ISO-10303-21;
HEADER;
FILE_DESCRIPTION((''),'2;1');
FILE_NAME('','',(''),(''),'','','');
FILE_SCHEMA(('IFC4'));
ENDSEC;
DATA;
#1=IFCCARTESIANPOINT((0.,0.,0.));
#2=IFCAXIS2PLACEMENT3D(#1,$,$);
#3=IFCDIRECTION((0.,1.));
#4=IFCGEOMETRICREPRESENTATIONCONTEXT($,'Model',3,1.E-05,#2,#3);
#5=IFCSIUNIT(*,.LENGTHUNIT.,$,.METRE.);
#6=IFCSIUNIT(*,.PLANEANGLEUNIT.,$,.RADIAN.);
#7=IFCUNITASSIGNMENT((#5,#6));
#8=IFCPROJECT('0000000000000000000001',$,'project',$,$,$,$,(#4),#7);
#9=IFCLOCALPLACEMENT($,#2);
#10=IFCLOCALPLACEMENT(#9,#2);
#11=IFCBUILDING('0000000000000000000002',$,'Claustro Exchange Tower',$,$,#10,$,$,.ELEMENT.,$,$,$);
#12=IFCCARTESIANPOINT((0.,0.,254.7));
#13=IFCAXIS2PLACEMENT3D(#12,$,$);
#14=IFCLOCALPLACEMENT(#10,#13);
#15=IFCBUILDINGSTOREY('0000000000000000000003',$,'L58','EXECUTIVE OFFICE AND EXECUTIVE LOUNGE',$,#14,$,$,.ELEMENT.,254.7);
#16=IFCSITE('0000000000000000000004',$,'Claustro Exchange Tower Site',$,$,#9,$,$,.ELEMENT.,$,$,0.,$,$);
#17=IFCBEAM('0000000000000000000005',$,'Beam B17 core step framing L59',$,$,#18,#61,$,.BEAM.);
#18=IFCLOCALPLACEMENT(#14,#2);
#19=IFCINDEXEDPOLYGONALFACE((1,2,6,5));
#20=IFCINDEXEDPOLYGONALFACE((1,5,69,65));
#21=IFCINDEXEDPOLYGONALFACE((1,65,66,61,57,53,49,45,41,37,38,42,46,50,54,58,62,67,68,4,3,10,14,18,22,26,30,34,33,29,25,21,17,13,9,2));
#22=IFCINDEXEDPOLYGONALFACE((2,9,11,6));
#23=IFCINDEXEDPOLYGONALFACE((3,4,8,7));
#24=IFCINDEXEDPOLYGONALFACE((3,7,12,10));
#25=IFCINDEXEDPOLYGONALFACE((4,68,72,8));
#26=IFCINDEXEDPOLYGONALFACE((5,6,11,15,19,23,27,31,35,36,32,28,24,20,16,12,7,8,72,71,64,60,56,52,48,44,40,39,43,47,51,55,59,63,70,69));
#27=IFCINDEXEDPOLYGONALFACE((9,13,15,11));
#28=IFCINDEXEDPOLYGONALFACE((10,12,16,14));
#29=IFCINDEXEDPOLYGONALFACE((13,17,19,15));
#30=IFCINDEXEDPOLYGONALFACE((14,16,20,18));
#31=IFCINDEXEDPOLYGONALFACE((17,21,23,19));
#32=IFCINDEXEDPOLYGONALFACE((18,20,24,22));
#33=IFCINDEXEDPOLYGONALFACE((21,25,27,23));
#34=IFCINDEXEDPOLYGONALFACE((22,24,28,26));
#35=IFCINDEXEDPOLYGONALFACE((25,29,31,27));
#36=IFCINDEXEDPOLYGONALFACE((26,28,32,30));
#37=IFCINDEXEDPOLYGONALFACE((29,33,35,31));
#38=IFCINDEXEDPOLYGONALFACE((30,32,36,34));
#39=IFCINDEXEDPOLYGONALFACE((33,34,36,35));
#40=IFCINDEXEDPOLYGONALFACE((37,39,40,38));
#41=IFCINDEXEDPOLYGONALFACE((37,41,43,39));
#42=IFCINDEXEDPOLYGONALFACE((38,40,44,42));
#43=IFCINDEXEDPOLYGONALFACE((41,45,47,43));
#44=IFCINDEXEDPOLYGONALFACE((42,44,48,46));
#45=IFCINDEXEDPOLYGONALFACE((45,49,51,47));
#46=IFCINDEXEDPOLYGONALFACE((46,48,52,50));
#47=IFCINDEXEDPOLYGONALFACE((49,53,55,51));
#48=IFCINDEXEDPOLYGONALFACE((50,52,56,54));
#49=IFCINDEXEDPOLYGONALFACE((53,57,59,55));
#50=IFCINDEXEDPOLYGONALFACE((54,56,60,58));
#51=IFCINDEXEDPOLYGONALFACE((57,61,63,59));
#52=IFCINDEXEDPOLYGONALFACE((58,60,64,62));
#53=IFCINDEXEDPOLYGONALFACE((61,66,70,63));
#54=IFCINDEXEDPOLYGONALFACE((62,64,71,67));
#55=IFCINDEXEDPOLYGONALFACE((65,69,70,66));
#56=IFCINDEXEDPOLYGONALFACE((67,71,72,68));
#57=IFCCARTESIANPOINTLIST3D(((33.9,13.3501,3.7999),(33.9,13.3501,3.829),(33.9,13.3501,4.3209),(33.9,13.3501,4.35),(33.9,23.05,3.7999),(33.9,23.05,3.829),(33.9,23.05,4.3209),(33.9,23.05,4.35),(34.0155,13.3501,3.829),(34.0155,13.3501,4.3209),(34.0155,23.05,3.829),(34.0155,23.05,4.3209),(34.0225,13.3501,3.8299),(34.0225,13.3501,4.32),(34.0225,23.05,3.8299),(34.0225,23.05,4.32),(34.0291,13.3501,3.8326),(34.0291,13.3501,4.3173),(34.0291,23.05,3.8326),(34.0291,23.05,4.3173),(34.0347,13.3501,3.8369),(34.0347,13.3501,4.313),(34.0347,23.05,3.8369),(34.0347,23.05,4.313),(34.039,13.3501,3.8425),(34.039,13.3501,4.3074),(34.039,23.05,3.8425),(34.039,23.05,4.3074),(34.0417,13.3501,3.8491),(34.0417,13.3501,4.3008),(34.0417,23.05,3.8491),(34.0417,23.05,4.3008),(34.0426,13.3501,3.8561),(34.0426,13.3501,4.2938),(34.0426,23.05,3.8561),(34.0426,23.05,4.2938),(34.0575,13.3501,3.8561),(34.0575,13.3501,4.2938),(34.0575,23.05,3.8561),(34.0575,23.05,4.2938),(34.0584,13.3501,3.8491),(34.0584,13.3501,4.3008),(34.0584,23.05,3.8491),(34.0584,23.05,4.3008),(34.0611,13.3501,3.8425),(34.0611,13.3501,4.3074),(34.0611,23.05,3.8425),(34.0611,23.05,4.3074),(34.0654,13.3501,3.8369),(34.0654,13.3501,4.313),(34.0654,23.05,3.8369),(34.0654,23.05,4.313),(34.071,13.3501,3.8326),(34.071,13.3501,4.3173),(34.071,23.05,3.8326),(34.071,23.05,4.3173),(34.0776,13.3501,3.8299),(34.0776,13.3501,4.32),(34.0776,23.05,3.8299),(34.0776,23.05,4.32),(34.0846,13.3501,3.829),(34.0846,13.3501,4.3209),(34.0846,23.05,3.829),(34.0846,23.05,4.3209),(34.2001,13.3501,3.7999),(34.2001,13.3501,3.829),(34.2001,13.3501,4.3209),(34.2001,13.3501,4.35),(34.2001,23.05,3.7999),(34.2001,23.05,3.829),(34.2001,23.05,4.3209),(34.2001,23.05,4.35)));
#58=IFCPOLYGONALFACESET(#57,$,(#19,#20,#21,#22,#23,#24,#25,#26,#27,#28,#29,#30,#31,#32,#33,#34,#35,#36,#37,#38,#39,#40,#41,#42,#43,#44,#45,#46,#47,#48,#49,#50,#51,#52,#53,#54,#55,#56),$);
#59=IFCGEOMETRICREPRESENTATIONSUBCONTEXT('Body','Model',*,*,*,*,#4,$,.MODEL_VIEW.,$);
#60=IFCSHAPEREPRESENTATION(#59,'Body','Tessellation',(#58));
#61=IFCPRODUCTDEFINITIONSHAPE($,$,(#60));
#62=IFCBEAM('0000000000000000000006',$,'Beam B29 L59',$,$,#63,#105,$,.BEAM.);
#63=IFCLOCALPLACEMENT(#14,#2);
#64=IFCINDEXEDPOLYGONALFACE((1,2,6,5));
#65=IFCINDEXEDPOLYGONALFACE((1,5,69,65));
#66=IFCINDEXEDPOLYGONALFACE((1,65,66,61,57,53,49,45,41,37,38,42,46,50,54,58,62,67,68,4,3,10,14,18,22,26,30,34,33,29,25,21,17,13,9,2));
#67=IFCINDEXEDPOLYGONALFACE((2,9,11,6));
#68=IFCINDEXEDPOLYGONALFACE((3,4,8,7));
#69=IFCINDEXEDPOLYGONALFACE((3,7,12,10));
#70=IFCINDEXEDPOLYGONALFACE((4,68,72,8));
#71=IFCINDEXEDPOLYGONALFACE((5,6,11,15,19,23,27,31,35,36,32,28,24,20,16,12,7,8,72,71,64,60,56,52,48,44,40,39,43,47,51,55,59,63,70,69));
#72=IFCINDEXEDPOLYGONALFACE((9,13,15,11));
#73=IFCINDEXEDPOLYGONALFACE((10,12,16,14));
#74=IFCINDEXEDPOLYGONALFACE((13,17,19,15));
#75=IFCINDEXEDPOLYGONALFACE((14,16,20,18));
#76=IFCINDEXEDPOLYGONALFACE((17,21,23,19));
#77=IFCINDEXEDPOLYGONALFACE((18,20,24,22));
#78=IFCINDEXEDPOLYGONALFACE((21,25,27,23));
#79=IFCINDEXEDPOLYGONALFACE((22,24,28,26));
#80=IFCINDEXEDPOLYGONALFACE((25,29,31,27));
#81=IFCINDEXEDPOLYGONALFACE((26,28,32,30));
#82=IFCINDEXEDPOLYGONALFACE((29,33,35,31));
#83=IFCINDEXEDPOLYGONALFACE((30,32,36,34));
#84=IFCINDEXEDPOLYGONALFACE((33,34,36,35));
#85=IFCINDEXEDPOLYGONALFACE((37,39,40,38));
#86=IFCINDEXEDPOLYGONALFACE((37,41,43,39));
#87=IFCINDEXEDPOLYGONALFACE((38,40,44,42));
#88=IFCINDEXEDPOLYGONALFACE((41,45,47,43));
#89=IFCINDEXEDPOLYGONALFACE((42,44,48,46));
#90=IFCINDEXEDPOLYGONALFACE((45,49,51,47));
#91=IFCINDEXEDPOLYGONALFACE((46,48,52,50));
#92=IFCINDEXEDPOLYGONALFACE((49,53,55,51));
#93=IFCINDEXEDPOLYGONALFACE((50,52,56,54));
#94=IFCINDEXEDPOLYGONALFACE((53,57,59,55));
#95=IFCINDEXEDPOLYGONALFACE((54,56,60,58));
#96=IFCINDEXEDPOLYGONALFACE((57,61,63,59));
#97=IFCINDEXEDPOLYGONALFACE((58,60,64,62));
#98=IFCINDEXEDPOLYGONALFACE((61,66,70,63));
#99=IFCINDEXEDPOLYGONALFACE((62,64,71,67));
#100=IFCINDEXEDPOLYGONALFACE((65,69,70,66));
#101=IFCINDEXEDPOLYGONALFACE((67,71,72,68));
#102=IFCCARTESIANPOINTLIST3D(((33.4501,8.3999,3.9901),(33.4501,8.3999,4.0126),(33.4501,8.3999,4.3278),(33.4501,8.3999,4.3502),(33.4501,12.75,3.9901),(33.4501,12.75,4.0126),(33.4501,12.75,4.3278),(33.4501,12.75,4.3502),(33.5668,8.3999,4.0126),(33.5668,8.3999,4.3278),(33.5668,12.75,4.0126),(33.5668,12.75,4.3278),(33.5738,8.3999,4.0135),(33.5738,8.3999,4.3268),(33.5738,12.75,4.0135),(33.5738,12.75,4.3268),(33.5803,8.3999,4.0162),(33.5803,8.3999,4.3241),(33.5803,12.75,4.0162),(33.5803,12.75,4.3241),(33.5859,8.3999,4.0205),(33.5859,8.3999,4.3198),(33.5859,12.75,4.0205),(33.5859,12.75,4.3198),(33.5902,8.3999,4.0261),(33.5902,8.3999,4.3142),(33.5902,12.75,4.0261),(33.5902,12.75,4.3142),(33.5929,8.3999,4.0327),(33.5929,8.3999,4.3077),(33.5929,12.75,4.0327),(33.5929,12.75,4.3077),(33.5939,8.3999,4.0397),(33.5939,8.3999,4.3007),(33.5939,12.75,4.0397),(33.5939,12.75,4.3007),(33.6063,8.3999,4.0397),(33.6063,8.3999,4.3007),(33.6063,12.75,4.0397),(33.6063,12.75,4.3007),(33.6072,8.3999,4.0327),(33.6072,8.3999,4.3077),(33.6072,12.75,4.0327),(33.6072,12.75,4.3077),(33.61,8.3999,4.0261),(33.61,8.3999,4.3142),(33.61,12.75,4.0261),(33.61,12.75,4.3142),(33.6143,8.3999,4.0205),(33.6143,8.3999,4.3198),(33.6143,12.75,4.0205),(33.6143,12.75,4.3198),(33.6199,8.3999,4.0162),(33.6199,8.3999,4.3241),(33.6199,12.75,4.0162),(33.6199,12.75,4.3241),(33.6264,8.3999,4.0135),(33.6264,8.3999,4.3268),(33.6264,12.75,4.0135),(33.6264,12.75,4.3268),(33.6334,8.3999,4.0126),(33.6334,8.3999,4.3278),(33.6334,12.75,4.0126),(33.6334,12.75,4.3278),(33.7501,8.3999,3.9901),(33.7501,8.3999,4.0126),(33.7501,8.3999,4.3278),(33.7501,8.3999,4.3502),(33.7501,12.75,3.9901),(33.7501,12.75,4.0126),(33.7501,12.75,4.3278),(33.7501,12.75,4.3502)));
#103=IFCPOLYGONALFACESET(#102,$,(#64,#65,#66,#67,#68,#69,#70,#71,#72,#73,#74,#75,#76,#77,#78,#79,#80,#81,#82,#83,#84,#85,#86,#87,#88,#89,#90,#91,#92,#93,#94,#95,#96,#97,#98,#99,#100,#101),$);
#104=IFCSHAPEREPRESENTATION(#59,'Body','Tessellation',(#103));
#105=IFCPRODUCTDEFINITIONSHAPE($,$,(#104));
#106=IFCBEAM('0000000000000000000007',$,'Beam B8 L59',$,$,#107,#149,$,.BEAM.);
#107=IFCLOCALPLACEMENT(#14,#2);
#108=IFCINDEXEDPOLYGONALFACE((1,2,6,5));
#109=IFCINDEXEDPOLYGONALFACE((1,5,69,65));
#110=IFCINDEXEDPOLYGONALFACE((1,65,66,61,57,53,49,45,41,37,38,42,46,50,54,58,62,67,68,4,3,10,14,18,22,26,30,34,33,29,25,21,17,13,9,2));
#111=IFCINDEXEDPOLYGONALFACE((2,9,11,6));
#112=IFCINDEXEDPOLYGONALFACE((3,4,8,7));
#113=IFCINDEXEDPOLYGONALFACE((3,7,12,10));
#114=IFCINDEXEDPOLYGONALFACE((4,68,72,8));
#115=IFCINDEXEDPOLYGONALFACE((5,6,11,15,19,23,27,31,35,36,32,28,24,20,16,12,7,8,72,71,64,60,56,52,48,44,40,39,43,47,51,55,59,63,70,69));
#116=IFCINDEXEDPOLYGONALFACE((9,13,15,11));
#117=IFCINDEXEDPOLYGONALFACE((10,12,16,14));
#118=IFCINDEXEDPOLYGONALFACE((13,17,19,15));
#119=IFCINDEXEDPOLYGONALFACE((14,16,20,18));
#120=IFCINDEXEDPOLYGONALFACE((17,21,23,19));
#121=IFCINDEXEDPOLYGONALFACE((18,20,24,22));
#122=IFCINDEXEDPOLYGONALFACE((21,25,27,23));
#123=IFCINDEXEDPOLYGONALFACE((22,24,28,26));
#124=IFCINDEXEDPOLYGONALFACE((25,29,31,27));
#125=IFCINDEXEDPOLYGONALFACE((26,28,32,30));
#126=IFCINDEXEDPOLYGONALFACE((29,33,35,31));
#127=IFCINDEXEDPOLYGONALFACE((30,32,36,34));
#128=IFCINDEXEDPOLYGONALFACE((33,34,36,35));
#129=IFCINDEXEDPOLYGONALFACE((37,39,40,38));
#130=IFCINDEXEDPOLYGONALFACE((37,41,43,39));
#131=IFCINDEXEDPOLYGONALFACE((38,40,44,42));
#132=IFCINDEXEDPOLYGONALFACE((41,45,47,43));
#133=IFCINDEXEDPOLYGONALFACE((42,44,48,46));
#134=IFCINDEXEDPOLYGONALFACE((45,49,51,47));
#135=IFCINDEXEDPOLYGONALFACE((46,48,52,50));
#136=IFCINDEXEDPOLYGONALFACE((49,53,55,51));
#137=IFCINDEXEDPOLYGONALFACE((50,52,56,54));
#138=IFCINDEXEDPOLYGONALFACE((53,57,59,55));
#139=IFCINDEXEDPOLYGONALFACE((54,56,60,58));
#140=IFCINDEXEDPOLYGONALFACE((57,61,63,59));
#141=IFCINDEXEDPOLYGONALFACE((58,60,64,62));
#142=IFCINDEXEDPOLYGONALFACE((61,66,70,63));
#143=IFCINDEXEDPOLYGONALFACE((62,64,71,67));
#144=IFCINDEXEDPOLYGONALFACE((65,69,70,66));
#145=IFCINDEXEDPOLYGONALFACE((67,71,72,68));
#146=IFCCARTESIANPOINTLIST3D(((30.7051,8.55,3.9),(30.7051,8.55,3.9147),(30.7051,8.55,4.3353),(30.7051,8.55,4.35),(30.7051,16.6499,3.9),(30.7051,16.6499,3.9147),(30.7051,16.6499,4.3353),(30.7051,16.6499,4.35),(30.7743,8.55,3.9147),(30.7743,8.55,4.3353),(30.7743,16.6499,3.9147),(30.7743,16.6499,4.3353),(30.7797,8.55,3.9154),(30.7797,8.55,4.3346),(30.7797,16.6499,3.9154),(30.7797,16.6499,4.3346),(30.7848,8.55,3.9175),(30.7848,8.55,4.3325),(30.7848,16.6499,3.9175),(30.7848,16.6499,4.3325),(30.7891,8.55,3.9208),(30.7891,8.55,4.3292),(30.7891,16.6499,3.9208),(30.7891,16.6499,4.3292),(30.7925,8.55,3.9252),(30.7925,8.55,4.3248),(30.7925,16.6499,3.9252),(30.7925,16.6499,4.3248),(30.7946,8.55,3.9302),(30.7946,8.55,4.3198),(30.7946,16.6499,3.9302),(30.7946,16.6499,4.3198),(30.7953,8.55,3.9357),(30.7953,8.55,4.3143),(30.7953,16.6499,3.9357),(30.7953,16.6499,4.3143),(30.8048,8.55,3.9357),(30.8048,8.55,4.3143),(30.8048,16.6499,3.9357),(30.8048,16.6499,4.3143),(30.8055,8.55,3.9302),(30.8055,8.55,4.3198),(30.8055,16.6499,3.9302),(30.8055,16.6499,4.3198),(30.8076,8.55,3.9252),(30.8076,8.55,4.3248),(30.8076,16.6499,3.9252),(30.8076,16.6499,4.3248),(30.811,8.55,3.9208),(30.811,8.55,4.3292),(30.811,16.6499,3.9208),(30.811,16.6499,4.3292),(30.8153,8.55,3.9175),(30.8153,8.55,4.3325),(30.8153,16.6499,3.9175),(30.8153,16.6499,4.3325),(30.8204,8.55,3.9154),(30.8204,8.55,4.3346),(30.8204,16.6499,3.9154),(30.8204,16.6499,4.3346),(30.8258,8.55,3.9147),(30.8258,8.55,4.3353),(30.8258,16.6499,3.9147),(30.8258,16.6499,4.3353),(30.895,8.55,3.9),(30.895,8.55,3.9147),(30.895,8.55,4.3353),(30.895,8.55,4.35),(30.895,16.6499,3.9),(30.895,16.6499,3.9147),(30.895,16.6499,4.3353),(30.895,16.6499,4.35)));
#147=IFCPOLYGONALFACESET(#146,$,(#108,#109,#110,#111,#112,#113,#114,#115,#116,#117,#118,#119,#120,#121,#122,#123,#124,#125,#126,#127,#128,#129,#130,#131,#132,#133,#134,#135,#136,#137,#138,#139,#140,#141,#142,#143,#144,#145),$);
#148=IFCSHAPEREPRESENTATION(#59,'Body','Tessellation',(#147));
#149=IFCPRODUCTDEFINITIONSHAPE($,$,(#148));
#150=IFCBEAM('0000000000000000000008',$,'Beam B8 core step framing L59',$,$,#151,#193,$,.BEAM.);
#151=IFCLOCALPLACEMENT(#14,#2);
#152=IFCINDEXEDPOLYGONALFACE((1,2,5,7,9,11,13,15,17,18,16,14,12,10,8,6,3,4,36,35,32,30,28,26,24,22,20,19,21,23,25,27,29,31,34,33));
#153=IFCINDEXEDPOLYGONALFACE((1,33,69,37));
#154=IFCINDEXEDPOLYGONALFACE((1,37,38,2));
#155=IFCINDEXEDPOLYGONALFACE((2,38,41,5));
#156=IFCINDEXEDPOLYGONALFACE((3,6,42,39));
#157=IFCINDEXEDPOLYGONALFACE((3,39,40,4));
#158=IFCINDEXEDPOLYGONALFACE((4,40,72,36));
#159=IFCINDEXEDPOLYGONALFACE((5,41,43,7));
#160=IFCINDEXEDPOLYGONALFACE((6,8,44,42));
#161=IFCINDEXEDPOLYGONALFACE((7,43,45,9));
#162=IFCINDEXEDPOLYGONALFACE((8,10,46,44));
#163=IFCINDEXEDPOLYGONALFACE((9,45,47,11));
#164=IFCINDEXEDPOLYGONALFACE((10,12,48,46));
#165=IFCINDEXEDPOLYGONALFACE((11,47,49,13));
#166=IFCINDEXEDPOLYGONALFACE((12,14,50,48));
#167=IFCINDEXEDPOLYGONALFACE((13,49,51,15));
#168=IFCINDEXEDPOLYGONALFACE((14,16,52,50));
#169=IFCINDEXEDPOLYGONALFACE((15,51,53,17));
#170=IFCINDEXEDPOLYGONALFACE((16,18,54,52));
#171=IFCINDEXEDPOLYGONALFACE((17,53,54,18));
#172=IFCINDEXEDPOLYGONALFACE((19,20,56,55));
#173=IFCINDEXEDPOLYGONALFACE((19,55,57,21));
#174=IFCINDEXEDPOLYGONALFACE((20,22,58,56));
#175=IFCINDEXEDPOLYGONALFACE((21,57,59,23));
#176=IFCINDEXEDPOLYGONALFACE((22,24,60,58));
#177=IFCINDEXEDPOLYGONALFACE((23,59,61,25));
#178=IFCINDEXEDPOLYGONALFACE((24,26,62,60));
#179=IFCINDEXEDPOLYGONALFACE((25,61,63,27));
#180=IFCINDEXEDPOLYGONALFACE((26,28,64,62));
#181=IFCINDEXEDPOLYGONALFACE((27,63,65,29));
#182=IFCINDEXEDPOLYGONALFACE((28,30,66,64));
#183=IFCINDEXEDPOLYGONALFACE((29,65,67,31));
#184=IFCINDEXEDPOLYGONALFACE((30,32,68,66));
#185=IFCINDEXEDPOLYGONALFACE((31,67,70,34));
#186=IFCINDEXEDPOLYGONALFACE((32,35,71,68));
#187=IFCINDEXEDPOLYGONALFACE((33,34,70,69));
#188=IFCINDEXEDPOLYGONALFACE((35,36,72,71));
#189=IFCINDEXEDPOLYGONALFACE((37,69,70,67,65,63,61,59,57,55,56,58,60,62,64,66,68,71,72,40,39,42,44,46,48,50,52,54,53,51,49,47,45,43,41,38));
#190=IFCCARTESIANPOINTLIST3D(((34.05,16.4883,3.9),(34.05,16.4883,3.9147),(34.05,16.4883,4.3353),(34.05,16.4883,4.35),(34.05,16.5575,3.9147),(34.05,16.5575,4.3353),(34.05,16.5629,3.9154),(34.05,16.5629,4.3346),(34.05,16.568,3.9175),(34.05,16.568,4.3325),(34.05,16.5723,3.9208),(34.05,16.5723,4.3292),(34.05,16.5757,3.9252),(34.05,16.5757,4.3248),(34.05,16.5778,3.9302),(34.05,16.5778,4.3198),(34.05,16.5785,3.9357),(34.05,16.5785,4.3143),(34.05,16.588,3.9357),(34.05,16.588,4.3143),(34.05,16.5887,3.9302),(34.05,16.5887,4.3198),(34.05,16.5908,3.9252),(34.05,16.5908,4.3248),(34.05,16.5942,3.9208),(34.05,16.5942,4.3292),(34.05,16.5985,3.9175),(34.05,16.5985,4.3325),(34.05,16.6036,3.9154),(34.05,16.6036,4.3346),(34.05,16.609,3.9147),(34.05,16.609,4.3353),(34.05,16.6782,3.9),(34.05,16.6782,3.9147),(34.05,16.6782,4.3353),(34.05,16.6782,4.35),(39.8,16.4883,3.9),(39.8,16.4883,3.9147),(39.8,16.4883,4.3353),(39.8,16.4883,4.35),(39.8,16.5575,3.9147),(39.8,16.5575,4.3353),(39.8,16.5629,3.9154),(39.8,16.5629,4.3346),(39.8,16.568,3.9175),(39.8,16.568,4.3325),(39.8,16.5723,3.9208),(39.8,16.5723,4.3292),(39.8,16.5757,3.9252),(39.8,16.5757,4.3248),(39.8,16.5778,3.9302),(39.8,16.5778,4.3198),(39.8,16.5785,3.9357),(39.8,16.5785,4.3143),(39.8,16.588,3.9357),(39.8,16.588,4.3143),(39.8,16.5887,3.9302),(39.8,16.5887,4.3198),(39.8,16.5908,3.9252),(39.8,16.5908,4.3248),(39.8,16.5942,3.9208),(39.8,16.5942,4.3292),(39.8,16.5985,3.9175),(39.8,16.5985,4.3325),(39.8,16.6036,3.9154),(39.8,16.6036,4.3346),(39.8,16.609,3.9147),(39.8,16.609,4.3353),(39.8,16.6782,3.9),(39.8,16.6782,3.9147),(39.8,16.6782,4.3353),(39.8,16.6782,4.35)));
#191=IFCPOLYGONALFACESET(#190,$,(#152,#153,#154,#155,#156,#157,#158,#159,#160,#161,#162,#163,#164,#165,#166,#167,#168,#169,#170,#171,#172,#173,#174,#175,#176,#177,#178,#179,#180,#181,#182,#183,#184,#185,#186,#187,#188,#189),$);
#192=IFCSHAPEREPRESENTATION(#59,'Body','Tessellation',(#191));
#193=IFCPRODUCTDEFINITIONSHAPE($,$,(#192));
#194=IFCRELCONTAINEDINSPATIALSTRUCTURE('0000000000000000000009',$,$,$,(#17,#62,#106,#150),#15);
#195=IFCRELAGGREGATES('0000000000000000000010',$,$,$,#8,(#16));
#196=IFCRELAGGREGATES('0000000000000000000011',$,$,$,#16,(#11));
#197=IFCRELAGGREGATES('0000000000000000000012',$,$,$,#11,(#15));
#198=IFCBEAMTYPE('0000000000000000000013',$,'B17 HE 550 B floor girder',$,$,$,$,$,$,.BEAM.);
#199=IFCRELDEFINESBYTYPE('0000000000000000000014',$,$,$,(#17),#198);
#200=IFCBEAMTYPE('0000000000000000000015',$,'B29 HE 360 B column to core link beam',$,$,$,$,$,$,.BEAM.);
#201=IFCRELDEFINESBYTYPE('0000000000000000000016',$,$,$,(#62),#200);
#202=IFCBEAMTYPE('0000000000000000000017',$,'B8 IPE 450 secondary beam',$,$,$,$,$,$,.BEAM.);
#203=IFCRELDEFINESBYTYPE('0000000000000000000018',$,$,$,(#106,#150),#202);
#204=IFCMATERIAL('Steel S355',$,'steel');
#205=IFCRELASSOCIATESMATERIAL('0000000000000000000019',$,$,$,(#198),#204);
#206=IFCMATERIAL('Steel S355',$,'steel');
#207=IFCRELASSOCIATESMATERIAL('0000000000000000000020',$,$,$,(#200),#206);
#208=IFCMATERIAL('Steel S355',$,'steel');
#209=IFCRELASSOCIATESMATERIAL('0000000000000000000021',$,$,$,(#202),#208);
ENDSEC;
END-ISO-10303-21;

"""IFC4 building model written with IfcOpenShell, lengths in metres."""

from ifc_helpers import new_model, si_unit, direction, frame, origin, origin_2d, place, context, subcontext, project, spatial, i_section, extrude, material, material_profile, profile_set, type_object, element, save


model = new_model("IFC4")

# Units and contexts
model_context = context("Model", 3, precision=1e-05, world=origin(), true_north=direction((0.0, 1.0)))
body_context = subcontext(model_context, "Body", "Model", "MODEL_VIEW")
ifc_project = project(units=[si_unit("LENGTHUNIT", "METRE"), si_unit("PLANEANGLEUNIT", "RADIAN")], contexts=[model_context])

# Site, building, storey
site_placement = place(None, origin())
site = spatial("IfcSite", under=ifc_project, at=site_placement, Name="Claustro Exchange Tower Site", CompositionType="ELEMENT", RefElevation=0.0)
building_placement = place(site_placement, origin())
building = spatial("IfcBuilding", under=site, at=building_placement, Name="Claustro Exchange Tower", CompositionType="ELEMENT")
storey_placement = place(building_placement, frame((0.0, 0.0, 254.7)))
storey = spatial("IfcBuildingStorey", under=building, at=storey_placement, Name="L58", Description="EXECUTIVE OFFICE AND EXECUTIVE LOUNGE", CompositionType="ELEMENT", Elevation=254.7)

# Beams
ifc_material_1 = material(Name="Steel S355", Category="steel")
ifc_material_profile_1 = material_profile(ifc_material_1, i_section(OverallWidth=0.3, OverallDepth=0.55, WebThickness=0.0149, FlangeThickness=0.0291, FilletRadius=0.0271, at=origin_2d()), Name="HE 550 B")
ifc_profile_set_1 = profile_set([ifc_material_profile_1], Name="Steel S355")
beam_type_1 = type_object("IfcBeamType", Name="B17 HE 550 B floor girder", PredefinedType="BEAM", material=ifc_profile_set_1)
beam_1_placement = place(storey_placement, frame((34.05, 13.3501, 4.075), z_axis=(0.0, 1.0, 0.0), x_axis=(-1.0, 0.0, 0.0)))
element("IfcBeam", 1, at=beam_1_placement, inside=storey, type_object=beam_type_1, Name="Beam B17 core step framing L59", PredefinedType="BEAM", context=body_context, shape_type="SweptSolid", body=[
    extrude(i_section(OverallWidth=0.3, OverallDepth=0.55, WebThickness=0.0149, FlangeThickness=0.0291, FilletRadius=0.0271, at=origin_2d()), origin(), (0.0, 0.0, 1.0), 9.7),
])
ifc_material_2 = material(Name="Steel S355", Category="steel")
ifc_material_profile_2 = material_profile(ifc_material_2, i_section(OverallWidth=0.3, OverallDepth=0.3601, WebThickness=0.0125, FlangeThickness=0.0225, FilletRadius=0.0271, at=origin_2d()), Name="HE 360 B")
ifc_profile_set_2 = profile_set([ifc_material_profile_2], Name="Steel S355")
beam_type_2 = type_object("IfcBeamType", Name="B29 HE 360 B column to core link beam", PredefinedType="BEAM", material=ifc_profile_set_2)
beam_2_placement = place(storey_placement, frame((33.6001, 8.3999, 4.1702), z_axis=(0.0, 1.0, 0.0), x_axis=(-1.0, 0.0, 0.0)))
element("IfcBeam", 2, at=beam_2_placement, inside=storey, type_object=beam_type_2, Name="Beam B29 L59", PredefinedType="BEAM", context=body_context, shape_type="SweptSolid", body=[
    extrude(i_section(OverallWidth=0.3, OverallDepth=0.3601, WebThickness=0.0125, FlangeThickness=0.0225, FilletRadius=0.0271, at=origin_2d()), origin(), (0.0, 0.0, 1.0), 4.3501),
])
ifc_material_3 = material(Name="Steel S355", Category="steel")
ifc_material_profile_3 = material_profile(ifc_material_3, i_section(OverallWidth=0.1899, OverallDepth=0.45, WebThickness=0.0095, FlangeThickness=0.0146, FilletRadius=0.021, at=origin_2d()), Name="IPE 450")
ifc_profile_set_3 = profile_set([ifc_material_profile_3], Name="Steel S355")
beam_type_3 = type_object("IfcBeamType", Name="B8 IPE 450 secondary beam", PredefinedType="BEAM", material=ifc_profile_set_3)
beam_3_placement = place(storey_placement, frame((30.8, 8.55, 4.125), z_axis=(0.0, 1.0, 0.0), x_axis=(-1.0, 0.0, 0.0)))
element("IfcBeam", 3, at=beam_3_placement, inside=storey, type_object=beam_type_3, Name="Beam B8 L59", PredefinedType="BEAM", context=body_context, shape_type="SweptSolid", body=[
    extrude(i_section(OverallWidth=0.1899, OverallDepth=0.45, WebThickness=0.0095, FlangeThickness=0.0146, FilletRadius=0.021, at=origin_2d()), origin(), (0.0, 0.0, 1.0), 8.0999),
])
for number, where, z_axis, x_axis, name in (
    (4, (34.05, 16.5833, 4.125), (1.0, 0.0, 0.0), (0.0, 1.0, 0.0), "Beam B8 core step framing L59"),
):
    element("IfcBeam", number, at=place(storey_placement, frame(where, z_axis=z_axis, x_axis=x_axis)), inside=storey, type_object=beam_type_3, Name=name, PredefinedType="BEAM", context=body_context, shape_type="SweptSolid", body=[
        extrude(i_section(OverallWidth=0.1899, OverallDepth=0.45, WebThickness=0.0095, FlangeThickness=0.0146, FilletRadius=0.021, at=origin_2d()), origin(), (0.0, 0.0, 1.0), 5.75),
    ])

save(model, "model.ifc")
